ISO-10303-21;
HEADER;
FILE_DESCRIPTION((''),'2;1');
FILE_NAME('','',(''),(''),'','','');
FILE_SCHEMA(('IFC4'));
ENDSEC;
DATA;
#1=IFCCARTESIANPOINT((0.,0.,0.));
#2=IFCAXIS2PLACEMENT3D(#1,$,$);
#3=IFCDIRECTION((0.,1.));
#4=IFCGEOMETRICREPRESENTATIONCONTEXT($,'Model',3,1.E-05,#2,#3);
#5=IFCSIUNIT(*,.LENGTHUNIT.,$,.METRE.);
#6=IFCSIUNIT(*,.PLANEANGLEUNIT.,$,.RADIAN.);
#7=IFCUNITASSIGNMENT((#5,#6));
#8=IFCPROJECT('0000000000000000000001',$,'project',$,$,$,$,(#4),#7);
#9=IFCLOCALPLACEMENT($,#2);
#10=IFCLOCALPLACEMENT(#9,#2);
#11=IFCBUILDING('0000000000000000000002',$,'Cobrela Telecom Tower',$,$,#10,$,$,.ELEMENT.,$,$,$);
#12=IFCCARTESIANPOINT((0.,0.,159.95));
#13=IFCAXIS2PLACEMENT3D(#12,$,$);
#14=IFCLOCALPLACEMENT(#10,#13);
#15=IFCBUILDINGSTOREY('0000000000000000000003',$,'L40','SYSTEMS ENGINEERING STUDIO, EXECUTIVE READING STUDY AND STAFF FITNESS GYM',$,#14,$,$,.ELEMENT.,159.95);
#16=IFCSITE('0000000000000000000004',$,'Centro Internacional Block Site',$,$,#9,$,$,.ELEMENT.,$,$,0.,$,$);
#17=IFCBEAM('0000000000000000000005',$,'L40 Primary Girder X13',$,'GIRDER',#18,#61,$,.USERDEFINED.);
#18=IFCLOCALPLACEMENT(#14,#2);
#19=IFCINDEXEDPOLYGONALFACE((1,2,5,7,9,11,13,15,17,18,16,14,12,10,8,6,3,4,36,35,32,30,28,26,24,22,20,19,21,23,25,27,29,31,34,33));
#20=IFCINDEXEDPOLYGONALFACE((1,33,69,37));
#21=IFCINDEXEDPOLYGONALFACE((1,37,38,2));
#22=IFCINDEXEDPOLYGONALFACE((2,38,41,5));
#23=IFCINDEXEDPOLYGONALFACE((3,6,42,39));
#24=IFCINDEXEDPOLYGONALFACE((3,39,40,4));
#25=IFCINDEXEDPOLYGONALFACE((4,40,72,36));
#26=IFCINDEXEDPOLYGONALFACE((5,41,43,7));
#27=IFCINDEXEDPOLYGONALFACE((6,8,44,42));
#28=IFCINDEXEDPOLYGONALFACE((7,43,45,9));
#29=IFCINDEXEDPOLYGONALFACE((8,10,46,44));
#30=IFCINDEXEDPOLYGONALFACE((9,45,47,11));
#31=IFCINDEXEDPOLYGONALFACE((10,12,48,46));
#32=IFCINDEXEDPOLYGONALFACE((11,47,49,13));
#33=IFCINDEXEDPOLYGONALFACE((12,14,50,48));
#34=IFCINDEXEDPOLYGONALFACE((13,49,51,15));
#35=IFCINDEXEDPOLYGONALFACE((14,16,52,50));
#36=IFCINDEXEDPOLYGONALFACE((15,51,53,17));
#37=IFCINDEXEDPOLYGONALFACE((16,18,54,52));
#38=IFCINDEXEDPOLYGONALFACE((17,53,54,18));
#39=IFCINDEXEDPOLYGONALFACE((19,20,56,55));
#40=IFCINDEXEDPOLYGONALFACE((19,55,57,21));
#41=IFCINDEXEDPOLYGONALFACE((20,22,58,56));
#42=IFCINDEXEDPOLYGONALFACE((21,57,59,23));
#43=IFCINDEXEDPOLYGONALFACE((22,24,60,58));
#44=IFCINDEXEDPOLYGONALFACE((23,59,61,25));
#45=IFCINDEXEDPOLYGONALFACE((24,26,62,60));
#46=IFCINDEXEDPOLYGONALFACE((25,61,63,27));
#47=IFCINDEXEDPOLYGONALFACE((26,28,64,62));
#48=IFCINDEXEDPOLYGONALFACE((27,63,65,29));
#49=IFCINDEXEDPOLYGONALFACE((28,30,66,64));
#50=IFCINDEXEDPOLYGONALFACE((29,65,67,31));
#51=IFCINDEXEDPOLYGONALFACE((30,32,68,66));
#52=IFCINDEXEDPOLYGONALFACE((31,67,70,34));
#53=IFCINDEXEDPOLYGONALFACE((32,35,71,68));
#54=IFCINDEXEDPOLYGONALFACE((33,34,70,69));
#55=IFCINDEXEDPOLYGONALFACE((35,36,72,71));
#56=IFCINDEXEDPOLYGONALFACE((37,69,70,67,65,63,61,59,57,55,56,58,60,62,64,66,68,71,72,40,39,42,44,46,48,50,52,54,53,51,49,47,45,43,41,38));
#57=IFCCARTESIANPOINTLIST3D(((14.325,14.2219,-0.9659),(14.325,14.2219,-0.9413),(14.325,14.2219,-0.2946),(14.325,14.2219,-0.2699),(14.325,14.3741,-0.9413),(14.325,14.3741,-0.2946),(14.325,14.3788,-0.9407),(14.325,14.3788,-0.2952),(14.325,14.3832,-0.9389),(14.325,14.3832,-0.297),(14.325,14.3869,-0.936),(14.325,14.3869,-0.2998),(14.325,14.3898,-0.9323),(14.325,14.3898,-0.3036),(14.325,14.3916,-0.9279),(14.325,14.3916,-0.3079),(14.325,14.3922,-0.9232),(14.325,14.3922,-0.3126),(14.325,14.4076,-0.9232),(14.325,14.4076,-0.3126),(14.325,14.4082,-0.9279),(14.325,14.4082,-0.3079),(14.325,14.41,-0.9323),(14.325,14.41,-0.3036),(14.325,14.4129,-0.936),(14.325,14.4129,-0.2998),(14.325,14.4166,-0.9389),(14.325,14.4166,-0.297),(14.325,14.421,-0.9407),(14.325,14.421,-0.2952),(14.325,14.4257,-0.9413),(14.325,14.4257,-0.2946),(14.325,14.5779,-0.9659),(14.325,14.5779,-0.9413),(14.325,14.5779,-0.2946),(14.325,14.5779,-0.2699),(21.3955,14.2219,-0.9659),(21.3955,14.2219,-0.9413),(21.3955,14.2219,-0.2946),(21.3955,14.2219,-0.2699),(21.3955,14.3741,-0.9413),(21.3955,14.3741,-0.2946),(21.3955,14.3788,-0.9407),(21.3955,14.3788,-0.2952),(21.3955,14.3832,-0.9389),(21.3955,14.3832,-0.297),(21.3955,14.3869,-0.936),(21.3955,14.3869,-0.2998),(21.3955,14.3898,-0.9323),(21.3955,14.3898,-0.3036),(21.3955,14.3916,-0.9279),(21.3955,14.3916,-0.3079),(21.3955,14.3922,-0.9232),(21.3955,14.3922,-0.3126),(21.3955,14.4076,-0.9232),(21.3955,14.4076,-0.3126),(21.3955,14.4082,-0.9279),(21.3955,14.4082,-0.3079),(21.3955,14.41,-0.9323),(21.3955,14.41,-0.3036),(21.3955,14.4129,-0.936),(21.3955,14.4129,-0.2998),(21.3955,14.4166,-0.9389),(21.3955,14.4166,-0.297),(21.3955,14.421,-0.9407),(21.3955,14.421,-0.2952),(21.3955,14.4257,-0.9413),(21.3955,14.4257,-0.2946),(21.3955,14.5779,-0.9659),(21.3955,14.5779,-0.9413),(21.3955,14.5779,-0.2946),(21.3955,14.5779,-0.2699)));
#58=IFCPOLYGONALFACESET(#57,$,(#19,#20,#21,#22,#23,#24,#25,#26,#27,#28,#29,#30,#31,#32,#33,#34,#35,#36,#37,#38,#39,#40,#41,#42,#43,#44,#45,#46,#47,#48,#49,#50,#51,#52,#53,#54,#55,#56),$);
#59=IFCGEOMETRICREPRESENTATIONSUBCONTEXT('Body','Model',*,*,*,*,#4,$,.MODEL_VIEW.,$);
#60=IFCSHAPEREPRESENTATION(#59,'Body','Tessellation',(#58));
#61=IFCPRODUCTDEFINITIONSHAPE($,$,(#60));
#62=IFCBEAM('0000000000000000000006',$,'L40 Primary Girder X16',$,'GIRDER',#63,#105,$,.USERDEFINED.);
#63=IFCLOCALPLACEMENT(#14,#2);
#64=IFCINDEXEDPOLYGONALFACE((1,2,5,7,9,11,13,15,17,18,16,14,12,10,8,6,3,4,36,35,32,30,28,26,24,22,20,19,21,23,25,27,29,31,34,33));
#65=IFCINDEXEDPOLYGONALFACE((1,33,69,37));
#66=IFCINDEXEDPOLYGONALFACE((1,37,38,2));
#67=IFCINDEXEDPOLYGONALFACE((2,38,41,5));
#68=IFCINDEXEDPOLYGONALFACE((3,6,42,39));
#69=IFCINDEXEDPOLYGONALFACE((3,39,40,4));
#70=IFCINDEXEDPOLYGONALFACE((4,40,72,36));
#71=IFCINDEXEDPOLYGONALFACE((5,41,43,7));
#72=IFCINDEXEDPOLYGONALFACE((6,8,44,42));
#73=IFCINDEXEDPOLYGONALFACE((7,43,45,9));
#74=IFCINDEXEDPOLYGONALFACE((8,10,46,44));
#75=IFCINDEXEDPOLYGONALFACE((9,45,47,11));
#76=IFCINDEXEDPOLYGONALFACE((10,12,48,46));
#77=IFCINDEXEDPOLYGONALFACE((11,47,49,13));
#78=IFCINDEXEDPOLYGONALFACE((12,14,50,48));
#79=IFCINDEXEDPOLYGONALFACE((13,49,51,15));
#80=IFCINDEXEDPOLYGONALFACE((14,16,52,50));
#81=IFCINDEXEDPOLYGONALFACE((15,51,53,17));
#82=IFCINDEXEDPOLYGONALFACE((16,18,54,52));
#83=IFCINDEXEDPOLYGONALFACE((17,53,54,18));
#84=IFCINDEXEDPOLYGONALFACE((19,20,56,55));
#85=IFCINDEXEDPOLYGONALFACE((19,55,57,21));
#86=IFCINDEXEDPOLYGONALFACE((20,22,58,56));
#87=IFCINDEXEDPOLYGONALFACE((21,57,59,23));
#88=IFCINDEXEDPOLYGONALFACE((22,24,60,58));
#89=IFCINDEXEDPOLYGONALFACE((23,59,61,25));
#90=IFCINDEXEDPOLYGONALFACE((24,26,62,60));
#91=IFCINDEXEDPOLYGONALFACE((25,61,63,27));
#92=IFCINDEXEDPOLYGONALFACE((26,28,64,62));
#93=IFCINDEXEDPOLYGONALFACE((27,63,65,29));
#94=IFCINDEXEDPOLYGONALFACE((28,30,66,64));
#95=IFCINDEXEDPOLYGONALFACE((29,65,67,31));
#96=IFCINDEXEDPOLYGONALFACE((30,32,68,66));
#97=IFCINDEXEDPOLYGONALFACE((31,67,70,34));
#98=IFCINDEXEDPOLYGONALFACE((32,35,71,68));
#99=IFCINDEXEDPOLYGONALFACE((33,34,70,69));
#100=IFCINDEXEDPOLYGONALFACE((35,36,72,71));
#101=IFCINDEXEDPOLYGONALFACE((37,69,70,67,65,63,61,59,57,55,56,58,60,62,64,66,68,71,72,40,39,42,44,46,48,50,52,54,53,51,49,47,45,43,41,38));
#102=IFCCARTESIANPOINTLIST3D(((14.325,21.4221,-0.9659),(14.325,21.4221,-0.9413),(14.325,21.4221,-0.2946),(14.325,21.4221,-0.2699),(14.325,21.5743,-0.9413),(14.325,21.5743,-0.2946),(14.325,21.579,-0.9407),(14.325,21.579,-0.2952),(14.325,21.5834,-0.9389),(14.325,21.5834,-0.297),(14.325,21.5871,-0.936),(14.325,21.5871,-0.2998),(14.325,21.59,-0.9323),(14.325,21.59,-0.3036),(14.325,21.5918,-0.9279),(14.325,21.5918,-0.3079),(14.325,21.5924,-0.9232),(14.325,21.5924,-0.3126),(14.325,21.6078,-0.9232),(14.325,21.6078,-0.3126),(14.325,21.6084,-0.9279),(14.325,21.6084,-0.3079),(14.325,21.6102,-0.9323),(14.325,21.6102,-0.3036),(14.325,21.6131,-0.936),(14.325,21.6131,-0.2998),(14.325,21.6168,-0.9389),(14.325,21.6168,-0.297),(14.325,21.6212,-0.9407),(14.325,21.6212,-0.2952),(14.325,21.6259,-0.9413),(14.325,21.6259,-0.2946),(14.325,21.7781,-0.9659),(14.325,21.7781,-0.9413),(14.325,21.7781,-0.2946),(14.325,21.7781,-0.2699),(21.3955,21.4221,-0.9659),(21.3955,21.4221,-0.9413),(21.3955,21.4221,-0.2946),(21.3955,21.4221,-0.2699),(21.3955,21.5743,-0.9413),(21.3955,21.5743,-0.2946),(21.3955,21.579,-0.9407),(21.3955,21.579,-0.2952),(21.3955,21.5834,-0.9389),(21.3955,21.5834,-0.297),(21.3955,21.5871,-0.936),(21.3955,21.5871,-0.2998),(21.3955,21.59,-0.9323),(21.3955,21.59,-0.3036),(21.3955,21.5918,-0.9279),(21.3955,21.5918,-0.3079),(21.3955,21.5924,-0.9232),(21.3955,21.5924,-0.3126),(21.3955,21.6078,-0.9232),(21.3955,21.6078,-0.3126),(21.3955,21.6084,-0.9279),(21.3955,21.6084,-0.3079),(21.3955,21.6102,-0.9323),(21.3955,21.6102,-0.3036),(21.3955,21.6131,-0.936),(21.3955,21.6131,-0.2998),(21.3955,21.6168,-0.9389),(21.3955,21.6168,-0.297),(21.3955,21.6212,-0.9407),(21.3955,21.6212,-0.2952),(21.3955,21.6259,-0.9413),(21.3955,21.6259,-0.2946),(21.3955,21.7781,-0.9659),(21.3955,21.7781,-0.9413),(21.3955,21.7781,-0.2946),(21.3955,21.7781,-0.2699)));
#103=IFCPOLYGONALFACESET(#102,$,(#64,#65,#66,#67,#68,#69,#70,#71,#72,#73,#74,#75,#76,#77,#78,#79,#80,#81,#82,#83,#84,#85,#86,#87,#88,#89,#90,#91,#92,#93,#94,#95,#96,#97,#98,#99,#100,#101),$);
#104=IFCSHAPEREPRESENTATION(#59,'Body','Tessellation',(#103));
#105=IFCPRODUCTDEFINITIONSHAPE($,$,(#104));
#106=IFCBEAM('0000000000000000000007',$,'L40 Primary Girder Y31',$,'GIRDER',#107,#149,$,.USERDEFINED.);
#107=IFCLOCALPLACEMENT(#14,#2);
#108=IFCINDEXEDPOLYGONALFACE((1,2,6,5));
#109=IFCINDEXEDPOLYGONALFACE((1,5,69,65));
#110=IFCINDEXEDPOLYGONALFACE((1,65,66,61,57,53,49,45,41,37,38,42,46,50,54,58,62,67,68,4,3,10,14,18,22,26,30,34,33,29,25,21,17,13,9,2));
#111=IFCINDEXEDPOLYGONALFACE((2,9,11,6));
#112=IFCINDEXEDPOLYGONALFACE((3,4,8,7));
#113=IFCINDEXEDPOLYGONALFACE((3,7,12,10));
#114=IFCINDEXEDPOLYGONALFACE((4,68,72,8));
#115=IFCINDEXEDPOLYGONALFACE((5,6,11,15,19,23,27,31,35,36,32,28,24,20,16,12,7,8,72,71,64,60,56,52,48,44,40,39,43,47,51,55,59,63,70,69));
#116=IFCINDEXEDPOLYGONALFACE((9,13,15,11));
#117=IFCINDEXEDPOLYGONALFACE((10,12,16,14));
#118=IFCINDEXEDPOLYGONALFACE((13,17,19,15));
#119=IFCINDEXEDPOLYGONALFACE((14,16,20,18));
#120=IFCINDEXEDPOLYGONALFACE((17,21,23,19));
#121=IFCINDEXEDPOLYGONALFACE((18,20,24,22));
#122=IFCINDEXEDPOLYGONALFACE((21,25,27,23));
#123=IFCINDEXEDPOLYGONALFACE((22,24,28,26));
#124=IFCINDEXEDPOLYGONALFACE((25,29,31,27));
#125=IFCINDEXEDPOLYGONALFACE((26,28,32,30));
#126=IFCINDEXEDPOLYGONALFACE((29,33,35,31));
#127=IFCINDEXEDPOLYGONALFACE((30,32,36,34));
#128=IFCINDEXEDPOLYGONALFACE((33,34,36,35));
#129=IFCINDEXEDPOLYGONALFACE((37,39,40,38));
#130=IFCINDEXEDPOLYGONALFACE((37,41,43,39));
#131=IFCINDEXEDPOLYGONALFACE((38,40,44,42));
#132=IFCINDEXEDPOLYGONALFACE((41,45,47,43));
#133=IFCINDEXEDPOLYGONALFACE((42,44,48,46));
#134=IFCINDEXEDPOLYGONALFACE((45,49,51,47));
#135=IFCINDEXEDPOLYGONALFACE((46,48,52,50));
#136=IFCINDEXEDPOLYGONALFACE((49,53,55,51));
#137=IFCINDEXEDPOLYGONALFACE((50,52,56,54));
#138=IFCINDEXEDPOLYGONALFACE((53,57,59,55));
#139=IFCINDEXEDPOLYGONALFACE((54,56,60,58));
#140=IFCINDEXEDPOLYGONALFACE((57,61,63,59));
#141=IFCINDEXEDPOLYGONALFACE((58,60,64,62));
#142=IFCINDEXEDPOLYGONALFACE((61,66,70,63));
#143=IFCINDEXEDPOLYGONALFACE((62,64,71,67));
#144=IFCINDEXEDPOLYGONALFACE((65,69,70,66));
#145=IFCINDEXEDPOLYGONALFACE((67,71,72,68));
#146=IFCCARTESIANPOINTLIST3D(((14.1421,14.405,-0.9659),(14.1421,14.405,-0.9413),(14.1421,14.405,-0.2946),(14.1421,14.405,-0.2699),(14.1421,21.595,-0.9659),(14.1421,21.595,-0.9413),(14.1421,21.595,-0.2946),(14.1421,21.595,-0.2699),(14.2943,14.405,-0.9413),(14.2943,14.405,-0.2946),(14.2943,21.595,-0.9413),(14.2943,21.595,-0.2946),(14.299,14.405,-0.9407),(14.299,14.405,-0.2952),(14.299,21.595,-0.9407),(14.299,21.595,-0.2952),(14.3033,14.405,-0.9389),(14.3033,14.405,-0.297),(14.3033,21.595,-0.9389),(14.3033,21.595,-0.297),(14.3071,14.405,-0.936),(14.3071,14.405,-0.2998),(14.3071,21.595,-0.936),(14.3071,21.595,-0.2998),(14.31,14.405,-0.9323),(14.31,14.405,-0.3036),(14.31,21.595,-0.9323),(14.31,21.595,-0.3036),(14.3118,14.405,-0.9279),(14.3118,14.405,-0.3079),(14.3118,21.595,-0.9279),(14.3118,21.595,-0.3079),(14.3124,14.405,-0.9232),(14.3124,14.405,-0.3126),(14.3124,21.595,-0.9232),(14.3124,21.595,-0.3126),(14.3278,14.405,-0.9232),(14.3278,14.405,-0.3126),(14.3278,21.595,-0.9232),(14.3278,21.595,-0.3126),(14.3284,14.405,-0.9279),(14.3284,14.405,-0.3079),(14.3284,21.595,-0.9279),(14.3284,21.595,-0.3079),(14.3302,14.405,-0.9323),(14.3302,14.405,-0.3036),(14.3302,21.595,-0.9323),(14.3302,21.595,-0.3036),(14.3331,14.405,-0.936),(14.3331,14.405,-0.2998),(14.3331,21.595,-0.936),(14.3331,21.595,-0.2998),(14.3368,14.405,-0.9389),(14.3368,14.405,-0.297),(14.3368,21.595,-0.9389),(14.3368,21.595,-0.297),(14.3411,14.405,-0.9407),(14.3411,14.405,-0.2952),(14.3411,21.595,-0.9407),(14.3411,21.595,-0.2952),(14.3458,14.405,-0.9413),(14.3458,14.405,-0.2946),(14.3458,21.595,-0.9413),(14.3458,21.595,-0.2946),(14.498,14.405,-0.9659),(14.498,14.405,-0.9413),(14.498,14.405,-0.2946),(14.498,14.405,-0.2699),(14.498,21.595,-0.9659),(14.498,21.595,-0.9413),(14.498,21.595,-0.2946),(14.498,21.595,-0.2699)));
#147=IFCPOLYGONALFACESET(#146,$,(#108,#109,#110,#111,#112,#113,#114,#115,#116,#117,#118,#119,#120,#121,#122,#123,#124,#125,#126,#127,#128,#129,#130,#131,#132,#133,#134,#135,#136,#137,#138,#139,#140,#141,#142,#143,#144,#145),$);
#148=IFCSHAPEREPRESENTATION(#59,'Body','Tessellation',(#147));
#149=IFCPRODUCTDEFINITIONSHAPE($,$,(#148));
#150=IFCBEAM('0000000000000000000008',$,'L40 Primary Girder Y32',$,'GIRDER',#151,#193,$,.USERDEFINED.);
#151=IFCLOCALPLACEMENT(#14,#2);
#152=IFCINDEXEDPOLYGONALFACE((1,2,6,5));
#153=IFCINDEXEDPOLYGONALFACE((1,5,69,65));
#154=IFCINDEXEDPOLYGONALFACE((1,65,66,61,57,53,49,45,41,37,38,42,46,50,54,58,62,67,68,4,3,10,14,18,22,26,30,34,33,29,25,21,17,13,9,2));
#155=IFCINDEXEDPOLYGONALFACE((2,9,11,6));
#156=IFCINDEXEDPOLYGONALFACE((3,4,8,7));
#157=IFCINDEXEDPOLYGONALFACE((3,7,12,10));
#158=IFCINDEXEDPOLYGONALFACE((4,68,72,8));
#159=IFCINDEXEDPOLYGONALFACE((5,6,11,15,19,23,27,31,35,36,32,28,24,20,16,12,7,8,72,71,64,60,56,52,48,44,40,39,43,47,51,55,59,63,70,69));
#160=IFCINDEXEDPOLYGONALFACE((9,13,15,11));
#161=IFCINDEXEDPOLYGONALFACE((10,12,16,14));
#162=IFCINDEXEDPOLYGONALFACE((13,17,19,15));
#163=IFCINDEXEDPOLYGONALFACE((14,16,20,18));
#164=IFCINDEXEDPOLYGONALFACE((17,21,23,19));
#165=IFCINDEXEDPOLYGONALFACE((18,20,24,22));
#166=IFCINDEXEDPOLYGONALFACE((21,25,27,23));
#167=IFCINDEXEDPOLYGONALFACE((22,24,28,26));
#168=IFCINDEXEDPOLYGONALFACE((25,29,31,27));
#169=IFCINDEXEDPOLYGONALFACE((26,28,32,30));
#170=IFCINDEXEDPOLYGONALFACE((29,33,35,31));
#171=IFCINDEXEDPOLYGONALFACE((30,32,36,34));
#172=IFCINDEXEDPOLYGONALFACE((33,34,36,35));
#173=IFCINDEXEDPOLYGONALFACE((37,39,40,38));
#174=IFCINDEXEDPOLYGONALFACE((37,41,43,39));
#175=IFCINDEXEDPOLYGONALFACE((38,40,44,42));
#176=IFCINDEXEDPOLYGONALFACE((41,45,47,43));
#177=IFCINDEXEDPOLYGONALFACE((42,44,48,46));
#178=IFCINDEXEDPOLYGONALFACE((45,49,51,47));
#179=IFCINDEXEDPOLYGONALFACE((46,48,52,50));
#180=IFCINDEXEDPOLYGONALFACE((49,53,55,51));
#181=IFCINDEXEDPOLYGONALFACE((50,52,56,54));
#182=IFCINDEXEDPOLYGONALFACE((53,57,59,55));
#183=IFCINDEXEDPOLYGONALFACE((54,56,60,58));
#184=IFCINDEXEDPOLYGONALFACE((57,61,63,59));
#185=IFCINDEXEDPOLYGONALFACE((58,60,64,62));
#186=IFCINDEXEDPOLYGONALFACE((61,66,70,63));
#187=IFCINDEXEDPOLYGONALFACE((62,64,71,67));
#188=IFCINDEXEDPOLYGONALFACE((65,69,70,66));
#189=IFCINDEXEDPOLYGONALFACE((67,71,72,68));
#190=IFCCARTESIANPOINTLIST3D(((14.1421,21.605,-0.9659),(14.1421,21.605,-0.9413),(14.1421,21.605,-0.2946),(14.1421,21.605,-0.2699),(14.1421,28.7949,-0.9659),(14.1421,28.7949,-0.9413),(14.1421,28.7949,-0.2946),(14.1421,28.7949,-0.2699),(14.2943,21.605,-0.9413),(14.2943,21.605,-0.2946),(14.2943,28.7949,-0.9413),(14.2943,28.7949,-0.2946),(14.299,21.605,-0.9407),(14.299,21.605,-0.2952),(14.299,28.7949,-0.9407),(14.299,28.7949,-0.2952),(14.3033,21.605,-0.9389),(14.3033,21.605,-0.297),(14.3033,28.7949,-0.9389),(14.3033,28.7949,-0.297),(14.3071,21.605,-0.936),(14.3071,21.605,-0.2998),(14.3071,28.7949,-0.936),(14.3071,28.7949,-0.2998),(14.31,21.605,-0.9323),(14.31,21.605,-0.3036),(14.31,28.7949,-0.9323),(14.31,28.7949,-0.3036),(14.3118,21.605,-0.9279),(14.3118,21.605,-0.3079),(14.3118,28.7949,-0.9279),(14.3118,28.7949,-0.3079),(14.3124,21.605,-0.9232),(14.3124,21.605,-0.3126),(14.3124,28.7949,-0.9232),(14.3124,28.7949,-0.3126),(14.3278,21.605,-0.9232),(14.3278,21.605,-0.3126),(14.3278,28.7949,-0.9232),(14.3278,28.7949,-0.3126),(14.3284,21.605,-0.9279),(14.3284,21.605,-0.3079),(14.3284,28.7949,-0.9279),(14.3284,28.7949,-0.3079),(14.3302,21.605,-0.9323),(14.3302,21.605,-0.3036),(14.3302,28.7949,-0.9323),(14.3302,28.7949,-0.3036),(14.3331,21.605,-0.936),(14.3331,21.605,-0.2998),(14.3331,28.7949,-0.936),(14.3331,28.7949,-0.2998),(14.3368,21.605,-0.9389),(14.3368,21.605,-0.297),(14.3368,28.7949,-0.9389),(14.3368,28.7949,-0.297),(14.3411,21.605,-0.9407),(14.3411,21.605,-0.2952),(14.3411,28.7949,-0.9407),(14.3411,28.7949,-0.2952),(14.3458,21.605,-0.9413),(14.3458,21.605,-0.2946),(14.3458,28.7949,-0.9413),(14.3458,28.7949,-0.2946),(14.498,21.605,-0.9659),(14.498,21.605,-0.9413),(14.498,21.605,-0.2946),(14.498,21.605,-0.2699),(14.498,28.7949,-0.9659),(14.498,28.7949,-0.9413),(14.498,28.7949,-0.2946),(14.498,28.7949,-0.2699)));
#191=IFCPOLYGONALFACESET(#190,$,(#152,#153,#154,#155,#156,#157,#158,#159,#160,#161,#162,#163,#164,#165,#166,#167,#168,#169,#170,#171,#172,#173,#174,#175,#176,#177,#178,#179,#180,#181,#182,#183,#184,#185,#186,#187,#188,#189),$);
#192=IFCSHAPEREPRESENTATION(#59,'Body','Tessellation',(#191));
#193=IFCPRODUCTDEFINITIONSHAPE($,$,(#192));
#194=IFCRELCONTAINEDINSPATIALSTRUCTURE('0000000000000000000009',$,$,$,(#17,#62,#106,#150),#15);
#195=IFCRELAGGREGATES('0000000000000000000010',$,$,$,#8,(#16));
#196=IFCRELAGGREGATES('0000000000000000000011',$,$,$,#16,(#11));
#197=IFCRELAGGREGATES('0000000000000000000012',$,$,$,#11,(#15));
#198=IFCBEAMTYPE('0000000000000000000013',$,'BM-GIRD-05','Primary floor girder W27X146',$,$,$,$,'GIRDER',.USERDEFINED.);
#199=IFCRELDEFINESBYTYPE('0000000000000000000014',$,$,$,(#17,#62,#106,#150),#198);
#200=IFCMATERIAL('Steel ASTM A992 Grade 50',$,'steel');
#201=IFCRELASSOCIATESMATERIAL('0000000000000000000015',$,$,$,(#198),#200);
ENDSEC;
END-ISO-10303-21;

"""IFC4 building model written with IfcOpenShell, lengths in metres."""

from ifc_helpers import new_model, si_unit, direction, frame, origin, origin_2d, place, context, subcontext, project, spatial, i_section, extrude, material, material_profile, profile_set, type_object, element, save


model = new_model("IFC4")

# Units and contexts
model_context = context("Model", 3, precision=1e-05, world=origin(), true_north=direction((0.0, 1.0)))
body_context = subcontext(model_context, "Body", "Model", "MODEL_VIEW")
ifc_project = project(units=[si_unit("LENGTHUNIT", "METRE"), si_unit("PLANEANGLEUNIT", "RADIAN")], contexts=[model_context])

# Site, building, storey
site_placement = place(None, origin())
site = spatial("IfcSite", under=ifc_project, at=site_placement, Name="Centro Internacional Block Site", CompositionType="ELEMENT", RefElevation=0.0)
building_placement = place(site_placement, origin())
building = spatial("IfcBuilding", under=site, at=building_placement, Name="Cobrela Telecom Tower", CompositionType="ELEMENT")
storey_placement = place(building_placement, frame((0.0, 0.0, 159.95)))
storey = spatial("IfcBuildingStorey", under=building, at=storey_placement, Name="L40", Description="SYSTEMS ENGINEERING STUDIO, EXECUTIVE READING STUDY AND STAFF FITNESS GYM", CompositionType="ELEMENT", Elevation=159.95)

# Beams
ifc_material_1 = material(Name="Steel ASTM A992 Grade 50", Category="steel")
ifc_material_profile_1 = material_profile(ifc_material_1, i_section(OverallWidth=0.356, OverallDepth=0.696, WebThickness=0.0154, FlangeThickness=0.0247, FilletRadius=0.0181, at=origin_2d()), Name="W27X146")
ifc_profile_set_1 = profile_set([ifc_material_profile_1], Name="Steel ASTM A992 Grade 50")
beam_type_1 = type_object("IfcBeamType", Name="BM-GIRD-05", Description="Primary floor girder W27X146", ElementType="GIRDER", PredefinedType="USERDEFINED", material=ifc_profile_set_1)
for number, where, z_axis, x_axis, name in (
    (1, (14.325, 14.3999, -0.6179), (1.0, 0.0, 0.0), (0.0, 1.0, 0.0), "L40 Primary Girder X13"),
    (2, (14.325, 21.6001, -0.6179), (1.0, 0.0, 0.0), (0.0, 1.0, 0.0), "L40 Primary Girder X16"),
):
    element("IfcBeam", number, at=place(storey_placement, frame(where, z_axis=z_axis, x_axis=x_axis)), inside=storey, type_object=beam_type_1, Name=name, ObjectType="GIRDER", PredefinedType="USERDEFINED", context=body_context, shape_type="SweptSolid", body=[
        extrude(i_section(OverallWidth=0.356, OverallDepth=0.696, WebThickness=0.0154, FlangeThickness=0.0247, FilletRadius=0.0181, at=origin_2d()), origin(), (0.0, 0.0, 1.0), 7.0706),
    ])
for number, where, z_axis, x_axis, name in (
    (3, (14.3201, 14.405, -0.6179), (0.0, 1.0, 0.0), (-1.0, 0.0, 0.0), "L40 Primary Girder Y31"),
    (4, (14.3201, 21.605, -0.6179), (0.0, 1.0, 0.0), (-1.0, 0.0, 0.0), "L40 Primary Girder Y32"),
):
    element("IfcBeam", number, at=place(storey_placement, frame(where, z_axis=z_axis, x_axis=x_axis)), inside=storey, type_object=beam_type_1, Name=name, ObjectType="GIRDER", PredefinedType="USERDEFINED", context=body_context, shape_type="SweptSolid", body=[
        extrude(i_section(OverallWidth=0.356, OverallDepth=0.696, WebThickness=0.0154, FlangeThickness=0.0247, FilletRadius=0.0181, at=origin_2d()), origin(), (0.0, 0.0, 1.0), 7.1899),
    ])

save(model, "model.ifc")
